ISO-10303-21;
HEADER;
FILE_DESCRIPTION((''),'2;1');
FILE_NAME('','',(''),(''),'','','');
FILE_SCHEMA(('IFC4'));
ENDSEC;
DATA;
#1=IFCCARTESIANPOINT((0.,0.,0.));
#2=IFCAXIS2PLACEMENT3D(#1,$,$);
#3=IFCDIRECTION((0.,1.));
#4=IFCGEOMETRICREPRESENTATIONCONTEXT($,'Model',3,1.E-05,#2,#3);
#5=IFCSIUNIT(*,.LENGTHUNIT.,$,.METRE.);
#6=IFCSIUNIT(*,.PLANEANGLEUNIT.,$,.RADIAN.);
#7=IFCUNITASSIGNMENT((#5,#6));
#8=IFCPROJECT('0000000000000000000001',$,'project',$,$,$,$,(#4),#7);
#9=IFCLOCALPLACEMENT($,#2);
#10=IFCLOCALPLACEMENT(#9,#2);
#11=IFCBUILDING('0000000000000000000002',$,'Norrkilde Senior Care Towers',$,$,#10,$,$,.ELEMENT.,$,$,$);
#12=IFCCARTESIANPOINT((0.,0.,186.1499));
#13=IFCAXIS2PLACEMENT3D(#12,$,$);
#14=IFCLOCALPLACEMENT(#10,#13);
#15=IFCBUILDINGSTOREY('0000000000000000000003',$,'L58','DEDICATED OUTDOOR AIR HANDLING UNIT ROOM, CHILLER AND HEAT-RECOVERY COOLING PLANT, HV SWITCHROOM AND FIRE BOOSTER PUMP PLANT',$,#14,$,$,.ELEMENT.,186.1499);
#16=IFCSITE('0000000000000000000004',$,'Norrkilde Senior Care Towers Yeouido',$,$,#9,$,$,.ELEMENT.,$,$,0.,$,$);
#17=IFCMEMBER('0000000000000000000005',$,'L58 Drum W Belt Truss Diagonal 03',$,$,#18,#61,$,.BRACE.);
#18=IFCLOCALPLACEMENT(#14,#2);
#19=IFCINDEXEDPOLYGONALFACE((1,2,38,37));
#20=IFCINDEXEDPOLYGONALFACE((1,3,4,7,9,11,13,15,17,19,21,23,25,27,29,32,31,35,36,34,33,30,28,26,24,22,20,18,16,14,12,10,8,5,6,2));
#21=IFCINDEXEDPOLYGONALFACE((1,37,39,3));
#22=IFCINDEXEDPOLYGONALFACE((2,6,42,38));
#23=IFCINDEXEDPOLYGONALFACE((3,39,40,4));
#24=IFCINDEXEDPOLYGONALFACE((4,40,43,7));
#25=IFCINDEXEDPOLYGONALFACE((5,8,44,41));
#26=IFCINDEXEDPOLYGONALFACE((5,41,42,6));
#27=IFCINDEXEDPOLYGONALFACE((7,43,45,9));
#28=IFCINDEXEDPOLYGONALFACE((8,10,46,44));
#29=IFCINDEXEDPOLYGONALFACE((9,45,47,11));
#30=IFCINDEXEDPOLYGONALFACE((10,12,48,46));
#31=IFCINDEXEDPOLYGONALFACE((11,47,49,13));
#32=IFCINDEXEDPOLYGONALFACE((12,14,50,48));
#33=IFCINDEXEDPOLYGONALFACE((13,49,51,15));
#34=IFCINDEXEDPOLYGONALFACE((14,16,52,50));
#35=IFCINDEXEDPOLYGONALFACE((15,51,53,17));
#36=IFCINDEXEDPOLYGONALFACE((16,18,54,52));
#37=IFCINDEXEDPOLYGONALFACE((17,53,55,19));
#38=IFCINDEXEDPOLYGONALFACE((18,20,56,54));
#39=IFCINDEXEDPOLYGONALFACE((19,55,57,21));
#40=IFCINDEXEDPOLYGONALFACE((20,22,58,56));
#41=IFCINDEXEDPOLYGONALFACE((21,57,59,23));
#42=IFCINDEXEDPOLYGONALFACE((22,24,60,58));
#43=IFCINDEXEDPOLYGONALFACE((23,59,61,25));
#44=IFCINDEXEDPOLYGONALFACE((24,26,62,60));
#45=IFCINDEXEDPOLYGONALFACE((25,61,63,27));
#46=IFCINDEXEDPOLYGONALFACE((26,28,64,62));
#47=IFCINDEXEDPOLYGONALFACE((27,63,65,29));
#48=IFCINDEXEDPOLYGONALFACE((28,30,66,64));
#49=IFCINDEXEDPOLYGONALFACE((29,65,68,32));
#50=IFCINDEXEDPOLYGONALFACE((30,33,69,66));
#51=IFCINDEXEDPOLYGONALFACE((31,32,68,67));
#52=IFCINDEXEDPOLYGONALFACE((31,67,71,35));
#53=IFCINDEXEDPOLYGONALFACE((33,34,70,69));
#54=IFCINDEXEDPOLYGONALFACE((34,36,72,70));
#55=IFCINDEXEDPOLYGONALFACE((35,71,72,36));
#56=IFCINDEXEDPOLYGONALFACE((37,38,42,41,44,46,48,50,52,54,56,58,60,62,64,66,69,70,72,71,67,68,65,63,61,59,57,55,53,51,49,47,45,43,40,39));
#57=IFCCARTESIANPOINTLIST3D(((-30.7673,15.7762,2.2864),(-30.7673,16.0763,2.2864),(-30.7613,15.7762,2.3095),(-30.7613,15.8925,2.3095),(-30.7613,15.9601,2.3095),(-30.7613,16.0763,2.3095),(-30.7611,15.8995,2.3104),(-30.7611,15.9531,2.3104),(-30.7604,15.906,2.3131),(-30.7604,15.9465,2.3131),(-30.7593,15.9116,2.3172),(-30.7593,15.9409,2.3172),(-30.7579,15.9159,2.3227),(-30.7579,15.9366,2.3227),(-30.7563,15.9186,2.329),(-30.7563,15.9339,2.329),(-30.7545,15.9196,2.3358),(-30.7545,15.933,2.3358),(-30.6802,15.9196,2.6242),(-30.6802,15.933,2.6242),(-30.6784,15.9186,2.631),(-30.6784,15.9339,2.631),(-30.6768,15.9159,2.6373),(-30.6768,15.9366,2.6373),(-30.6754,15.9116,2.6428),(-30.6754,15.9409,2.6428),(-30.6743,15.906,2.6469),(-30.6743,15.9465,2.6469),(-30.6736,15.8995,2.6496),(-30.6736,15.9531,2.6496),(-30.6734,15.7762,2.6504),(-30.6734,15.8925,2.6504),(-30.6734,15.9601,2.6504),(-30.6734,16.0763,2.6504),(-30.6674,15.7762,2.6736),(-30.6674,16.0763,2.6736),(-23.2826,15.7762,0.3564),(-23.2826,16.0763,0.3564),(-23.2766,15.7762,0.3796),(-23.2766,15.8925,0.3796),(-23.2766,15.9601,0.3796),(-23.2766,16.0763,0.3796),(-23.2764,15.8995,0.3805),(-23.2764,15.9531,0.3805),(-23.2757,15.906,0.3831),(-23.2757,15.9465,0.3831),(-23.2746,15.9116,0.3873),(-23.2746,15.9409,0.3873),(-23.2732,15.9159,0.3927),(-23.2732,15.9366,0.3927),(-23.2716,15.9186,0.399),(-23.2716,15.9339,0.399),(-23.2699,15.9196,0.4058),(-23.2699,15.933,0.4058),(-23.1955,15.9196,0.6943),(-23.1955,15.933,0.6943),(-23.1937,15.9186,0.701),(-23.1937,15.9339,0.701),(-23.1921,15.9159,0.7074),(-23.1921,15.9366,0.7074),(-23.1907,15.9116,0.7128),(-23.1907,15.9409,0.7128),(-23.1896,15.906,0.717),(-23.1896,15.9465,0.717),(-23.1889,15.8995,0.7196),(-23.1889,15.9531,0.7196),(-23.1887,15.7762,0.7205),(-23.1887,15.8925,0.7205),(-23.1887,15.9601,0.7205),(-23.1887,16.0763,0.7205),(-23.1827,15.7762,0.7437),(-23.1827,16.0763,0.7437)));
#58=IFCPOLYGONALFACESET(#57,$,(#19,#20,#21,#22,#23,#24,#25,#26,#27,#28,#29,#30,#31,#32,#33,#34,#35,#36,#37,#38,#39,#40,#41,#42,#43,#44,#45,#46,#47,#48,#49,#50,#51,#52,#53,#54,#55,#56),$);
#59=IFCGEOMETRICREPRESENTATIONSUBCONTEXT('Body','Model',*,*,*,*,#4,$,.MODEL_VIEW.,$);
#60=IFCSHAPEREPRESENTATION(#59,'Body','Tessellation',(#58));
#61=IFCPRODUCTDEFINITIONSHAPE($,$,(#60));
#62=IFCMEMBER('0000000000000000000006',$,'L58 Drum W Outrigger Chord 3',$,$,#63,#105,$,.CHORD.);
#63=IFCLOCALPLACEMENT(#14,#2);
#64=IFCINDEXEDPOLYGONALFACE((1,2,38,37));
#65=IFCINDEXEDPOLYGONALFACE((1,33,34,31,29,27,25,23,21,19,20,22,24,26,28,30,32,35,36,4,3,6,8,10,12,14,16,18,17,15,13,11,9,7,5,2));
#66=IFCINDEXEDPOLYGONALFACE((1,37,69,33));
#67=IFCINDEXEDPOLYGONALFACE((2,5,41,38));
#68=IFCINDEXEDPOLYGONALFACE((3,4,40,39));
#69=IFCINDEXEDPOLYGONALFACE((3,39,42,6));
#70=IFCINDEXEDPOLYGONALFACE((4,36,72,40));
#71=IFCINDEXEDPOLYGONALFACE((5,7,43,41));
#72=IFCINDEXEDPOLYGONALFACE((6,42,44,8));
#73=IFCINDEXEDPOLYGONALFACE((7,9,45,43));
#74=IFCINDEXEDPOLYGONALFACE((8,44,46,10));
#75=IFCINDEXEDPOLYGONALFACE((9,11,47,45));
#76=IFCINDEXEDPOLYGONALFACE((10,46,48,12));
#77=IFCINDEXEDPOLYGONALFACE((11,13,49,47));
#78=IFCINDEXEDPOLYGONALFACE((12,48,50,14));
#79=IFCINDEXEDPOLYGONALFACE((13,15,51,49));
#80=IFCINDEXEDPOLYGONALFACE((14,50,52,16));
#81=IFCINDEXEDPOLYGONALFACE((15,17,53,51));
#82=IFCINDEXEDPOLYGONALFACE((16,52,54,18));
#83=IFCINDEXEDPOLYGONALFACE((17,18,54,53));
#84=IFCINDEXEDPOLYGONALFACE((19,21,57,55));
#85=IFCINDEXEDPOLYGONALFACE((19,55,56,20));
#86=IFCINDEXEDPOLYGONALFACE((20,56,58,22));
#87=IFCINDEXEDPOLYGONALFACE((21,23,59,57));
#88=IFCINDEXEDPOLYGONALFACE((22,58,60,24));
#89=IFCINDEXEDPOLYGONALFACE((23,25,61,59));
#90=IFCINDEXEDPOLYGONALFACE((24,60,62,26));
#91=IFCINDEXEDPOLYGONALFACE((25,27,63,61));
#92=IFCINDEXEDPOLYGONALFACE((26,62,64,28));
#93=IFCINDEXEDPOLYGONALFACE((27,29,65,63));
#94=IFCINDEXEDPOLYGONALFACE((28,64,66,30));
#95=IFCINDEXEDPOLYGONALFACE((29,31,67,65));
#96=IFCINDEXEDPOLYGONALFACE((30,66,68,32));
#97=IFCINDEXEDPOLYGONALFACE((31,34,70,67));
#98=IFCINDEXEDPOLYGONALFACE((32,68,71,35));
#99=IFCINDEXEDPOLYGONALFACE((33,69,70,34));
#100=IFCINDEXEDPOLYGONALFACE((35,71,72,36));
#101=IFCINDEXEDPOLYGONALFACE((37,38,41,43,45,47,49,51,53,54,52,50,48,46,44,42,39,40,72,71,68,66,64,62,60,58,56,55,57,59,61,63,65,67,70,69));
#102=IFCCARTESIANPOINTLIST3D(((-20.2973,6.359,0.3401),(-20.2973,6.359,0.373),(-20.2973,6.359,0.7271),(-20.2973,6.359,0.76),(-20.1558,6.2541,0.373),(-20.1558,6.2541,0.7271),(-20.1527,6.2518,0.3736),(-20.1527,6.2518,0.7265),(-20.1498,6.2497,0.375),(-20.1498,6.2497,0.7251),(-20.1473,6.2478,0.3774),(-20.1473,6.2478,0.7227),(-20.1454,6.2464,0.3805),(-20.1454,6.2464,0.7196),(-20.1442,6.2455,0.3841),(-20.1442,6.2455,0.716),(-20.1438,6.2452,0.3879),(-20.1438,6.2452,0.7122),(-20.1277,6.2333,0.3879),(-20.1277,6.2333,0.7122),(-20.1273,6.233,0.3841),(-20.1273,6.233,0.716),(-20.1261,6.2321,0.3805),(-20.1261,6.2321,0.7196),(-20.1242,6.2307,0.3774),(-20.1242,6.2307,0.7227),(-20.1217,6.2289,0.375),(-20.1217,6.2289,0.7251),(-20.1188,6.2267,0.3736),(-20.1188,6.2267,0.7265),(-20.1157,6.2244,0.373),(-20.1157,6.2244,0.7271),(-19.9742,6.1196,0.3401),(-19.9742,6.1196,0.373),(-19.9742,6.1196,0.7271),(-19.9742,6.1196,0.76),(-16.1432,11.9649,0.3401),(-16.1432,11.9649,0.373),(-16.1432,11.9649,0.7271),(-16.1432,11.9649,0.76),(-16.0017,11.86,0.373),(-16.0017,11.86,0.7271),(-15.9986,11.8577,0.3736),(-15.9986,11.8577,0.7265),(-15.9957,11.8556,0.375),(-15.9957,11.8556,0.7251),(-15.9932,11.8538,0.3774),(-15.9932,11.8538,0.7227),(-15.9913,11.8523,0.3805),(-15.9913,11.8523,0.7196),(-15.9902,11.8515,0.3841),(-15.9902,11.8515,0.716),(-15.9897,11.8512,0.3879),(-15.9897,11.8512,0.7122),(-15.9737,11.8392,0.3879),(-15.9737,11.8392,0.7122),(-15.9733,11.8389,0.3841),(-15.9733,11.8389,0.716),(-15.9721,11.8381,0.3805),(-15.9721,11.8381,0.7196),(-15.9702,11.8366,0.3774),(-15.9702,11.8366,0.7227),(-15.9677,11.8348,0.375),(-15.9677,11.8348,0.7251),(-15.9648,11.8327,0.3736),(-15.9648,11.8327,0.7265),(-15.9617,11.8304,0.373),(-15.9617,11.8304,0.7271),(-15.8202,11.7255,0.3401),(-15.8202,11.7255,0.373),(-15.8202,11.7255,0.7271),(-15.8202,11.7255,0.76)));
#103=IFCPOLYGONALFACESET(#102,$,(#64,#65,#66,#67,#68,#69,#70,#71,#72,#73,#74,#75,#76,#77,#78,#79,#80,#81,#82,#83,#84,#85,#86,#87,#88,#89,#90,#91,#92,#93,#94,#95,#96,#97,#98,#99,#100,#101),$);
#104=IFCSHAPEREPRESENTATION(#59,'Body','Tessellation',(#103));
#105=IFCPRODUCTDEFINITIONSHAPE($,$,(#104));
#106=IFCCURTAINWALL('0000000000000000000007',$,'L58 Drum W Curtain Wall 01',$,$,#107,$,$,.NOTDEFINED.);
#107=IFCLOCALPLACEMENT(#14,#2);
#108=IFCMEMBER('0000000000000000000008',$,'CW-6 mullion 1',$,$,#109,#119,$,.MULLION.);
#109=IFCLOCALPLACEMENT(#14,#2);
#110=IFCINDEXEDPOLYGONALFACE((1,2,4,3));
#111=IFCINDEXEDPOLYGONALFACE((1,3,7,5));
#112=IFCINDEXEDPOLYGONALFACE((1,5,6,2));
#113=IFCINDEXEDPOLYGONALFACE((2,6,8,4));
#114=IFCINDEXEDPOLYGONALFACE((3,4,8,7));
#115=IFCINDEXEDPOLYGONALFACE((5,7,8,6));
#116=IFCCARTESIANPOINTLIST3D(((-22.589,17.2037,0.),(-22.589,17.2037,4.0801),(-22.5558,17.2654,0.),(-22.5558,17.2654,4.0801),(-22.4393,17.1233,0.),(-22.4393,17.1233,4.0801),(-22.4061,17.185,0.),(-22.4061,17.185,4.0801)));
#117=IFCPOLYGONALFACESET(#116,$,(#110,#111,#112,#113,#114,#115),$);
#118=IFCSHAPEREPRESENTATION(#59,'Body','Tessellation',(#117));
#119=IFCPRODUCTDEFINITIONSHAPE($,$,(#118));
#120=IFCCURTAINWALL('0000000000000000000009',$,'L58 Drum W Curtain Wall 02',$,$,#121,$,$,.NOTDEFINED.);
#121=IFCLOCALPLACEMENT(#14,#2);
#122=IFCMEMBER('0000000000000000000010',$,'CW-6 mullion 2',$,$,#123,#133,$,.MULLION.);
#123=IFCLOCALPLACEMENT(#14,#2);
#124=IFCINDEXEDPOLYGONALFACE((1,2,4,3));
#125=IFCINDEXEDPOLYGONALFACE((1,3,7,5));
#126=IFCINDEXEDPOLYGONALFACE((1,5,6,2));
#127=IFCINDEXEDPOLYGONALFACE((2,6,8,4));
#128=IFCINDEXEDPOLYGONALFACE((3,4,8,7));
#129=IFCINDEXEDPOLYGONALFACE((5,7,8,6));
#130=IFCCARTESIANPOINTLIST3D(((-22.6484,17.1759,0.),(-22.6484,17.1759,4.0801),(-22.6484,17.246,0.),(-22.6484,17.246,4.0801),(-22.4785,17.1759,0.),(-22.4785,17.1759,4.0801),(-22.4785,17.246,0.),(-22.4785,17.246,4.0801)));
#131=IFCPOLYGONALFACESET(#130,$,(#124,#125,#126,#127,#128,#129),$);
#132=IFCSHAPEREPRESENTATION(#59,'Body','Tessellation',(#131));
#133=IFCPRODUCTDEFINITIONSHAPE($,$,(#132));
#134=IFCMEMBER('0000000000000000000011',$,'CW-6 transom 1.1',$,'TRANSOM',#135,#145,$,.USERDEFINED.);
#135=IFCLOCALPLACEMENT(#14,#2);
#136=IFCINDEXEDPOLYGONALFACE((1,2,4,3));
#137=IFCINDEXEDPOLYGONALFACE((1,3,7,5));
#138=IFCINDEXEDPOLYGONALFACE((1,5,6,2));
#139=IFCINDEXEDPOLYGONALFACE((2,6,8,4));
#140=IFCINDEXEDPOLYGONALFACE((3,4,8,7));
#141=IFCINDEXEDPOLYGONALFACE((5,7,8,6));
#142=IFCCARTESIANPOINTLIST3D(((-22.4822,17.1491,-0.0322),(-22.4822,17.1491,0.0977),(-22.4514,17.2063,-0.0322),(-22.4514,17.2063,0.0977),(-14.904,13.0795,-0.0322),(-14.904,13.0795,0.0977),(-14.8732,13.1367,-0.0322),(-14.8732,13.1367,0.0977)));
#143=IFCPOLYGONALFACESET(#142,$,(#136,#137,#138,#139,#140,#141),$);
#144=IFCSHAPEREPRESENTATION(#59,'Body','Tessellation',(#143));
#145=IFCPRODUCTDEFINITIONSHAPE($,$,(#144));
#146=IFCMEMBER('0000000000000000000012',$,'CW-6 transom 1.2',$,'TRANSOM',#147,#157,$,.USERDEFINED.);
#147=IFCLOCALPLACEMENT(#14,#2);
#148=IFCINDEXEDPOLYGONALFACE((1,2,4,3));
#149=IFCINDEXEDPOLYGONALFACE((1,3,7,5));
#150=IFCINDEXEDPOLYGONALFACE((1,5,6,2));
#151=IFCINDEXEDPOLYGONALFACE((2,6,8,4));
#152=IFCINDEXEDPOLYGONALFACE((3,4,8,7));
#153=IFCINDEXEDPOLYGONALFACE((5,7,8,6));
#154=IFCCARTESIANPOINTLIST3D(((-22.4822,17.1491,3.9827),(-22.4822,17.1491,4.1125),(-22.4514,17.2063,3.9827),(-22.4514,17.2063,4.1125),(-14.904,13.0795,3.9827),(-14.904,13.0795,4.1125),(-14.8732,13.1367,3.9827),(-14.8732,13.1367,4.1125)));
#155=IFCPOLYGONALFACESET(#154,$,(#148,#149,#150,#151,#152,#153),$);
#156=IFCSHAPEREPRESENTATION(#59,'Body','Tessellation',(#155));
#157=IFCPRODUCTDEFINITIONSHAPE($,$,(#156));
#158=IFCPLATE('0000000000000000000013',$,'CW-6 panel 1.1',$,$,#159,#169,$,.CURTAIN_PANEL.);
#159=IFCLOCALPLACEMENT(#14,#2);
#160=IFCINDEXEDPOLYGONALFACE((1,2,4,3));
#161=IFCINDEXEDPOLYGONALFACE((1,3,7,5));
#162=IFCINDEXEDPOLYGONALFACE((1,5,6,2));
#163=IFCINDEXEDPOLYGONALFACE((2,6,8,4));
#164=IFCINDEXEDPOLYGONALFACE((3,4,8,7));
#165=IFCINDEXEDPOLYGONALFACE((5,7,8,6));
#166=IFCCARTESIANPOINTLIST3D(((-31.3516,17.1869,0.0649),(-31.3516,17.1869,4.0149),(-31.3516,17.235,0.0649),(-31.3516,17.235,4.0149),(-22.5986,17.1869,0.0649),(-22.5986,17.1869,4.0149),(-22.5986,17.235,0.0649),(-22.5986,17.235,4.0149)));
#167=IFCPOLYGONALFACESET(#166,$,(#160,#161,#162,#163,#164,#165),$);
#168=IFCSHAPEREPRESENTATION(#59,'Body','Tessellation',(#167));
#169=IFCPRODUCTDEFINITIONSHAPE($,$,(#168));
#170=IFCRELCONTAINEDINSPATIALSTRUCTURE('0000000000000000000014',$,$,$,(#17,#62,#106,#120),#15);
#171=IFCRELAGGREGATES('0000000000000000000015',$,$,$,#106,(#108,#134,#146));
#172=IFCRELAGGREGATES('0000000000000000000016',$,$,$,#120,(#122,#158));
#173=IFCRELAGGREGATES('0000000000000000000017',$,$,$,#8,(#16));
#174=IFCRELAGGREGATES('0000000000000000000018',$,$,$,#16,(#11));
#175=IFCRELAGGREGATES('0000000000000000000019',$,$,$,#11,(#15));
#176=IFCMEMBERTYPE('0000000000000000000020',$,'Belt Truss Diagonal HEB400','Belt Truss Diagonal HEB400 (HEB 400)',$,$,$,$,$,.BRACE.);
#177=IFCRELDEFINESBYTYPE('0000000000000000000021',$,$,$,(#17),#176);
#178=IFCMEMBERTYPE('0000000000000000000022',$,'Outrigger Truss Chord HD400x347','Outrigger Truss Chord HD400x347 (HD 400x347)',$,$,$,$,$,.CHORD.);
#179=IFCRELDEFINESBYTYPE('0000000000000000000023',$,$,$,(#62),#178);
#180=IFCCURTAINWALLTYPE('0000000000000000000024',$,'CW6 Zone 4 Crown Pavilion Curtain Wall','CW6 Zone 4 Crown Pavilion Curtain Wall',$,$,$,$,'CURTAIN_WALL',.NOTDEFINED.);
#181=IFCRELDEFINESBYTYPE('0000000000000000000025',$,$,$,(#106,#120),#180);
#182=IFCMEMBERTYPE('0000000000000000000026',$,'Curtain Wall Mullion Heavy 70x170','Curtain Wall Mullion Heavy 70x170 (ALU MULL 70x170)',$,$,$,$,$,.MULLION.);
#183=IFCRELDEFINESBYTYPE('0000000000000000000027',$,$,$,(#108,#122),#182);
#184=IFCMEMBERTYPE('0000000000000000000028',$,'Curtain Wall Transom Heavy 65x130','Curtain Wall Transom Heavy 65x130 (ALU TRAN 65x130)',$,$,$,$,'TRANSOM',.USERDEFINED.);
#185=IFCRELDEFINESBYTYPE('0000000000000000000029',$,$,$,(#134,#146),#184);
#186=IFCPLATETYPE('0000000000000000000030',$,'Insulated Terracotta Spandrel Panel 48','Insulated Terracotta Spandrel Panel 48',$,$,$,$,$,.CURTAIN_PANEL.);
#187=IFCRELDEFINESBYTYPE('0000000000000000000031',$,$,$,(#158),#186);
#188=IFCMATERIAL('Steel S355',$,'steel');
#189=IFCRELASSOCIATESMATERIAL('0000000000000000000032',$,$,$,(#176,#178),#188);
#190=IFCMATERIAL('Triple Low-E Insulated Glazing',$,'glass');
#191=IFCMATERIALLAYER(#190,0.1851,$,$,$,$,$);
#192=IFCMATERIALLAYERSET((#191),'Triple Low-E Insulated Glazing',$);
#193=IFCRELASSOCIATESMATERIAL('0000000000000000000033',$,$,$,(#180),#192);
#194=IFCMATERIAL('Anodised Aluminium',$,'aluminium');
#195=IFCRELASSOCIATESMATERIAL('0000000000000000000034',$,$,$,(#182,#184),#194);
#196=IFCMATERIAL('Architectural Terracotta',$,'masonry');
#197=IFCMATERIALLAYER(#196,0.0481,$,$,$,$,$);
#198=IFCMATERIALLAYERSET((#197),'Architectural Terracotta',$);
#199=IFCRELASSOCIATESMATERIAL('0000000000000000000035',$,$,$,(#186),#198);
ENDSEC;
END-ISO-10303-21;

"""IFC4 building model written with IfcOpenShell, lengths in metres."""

from ifc_helpers import new_model, si_unit, direction, frame, origin, origin_2d, place, context, subcontext, project, spatial, rectangle, i_section, extrude, source, transform, mapped, material, layer, layer_set, material_profile, profile_set, type_object, type_shapes, element, aggregate, save


model = new_model("IFC4")

# Units and contexts
model_context = context("Model", 3, precision=1e-05, world=origin(), true_north=direction((0.0, 1.0)))
body_context = subcontext(model_context, "Body", "Model", "MODEL_VIEW")
ifc_project = project(units=[si_unit("LENGTHUNIT", "METRE"), si_unit("PLANEANGLEUNIT", "RADIAN")], contexts=[model_context])

# Site, building, storey
site_placement = place(None, origin())
site = spatial("IfcSite", under=ifc_project, at=site_placement, Name="Norrkilde Senior Care Towers Yeouido", CompositionType="ELEMENT", RefElevation=0.0)
building_placement = place(site_placement, origin())
building = spatial("IfcBuilding", under=site, at=building_placement, Name="Norrkilde Senior Care Towers", CompositionType="ELEMENT")
storey_placement = place(building_placement, frame((0.0, 0.0, 186.1499)))
storey = spatial("IfcBuildingStorey", under=building, at=storey_placement, Name="L58", Description="DEDICATED OUTDOOR AIR HANDLING UNIT ROOM, CHILLER AND HEAT-RECOVERY COOLING PLANT, HV SWITCHROOM AND FIRE BOOSTER PUMP PLANT", CompositionType="ELEMENT", Elevation=186.1499)

# Members
ifc_material_1 = material(Name="Steel S355", Category="steel")
ifc_material_profile_1 = material_profile(ifc_material_1, i_section(OverallWidth=0.3, OverallDepth=0.3999, WebThickness=0.0134, FlangeThickness=0.0239, FilletRadius=0.0271, at=origin_2d()), Name="HEB 400")
ifc_profile_set_1 = profile_set([ifc_material_profile_1], Name="Steel S355")
member_type_1 = type_object("IfcMemberType", Name="Belt Truss Diagonal HEB400", Description="Belt Truss Diagonal HEB400 (HEB 400)", PredefinedType="BRACE", material=ifc_profile_set_1)
shared_shape_1 = source(origin(), body_context, "Body", "SweptSolid", [
    extrude(i_section(OverallWidth=0.3, OverallDepth=0.3999, WebThickness=0.0134, FlangeThickness=0.0239, FilletRadius=0.0271, at=origin_2d()), origin(), (0.0, 0.0, 1.0), 7.7295),
])
type_shapes(member_type_1, [shared_shape_1])
member_1_placement = place(storey_placement, frame((-23.2327, 15.9263, 0.55), z_axis=(-0.968327, 0.0, 0.249686), x_axis=(0.0, -1.0, 0.0)))
element("IfcMember", 1, at=member_1_placement, inside=storey, type_object=member_type_1, Name="L58 Drum W Belt Truss Diagonal 03", PredefinedType="BRACE", context=body_context, shape_type="MappedRepresentation", body=[
    mapped(shared_shape_1, transform((0.0, 0.0, 0.0), x_axis=(1.0, 0.0, 0.0), y_axis=(0.0, 1.0, 0.0), z_axis=(0.0, 0.0, 1.0), scale=1.0)),
])
ifc_material_profile_2 = material_profile(ifc_material_1, i_section(OverallWidth=0.4021, OverallDepth=0.4199, WebThickness=0.02, FlangeThickness=0.033, FilletRadius=0.0149, at=origin_2d()), Name="HD 400x347")
ifc_profile_set_2 = profile_set([ifc_material_profile_2], Name="Steel S355")
member_type_2 = type_object("IfcMemberType", Name="Outrigger Truss Chord HD400x347", Description="Outrigger Truss Chord HD400x347 (HD 400x347)", PredefinedType="CHORD", material=ifc_profile_set_2)
shared_shape_2 = source(origin(), body_context, "Body", "SweptSolid", [
    extrude(i_section(OverallWidth=0.4021, OverallDepth=0.4199, WebThickness=0.02, FlangeThickness=0.033, FilletRadius=0.0149, at=origin_2d()), origin(), (0.0, 0.0, 1.0), 6.9773),
])
type_shapes(member_type_2, [shared_shape_2])
member_2_placement = place(storey_placement, frame((-20.1357, 6.2393, 0.55), z_axis=(0.595366, 0.803455, 0.0), x_axis=(-0.803455, 0.595366, 0.0)))
element("IfcMember", 2, at=member_2_placement, inside=storey, type_object=member_type_2, Name="L58 Drum W Outrigger Chord 3", PredefinedType="CHORD", context=body_context, shape_type="MappedRepresentation", body=[
    mapped(shared_shape_2, transform((0.0, 0.0, 0.0), x_axis=(1.0, 0.0, 0.0), y_axis=(0.0, 1.0, 0.0), z_axis=(0.0, 0.0, 1.0), scale=1.0)),
])

# Curtain walls, members
ifc_material_2 = material(Name="Triple Low-E Insulated Glazing", Category="glass")
ifc_layer_1 = layer(ifc_material_2, 0.1851)
ifc_layer_set_1 = layer_set([ifc_layer_1], Name="Triple Low-E Insulated Glazing")
curtain_wall_type = type_object("IfcCurtainWallType", Name="CW6 Zone 4 Crown Pavilion Curtain Wall", Description="CW6 Zone 4 Crown Pavilion Curtain Wall", ElementType="CURTAIN_WALL", PredefinedType="NOTDEFINED", material=ifc_layer_set_1)
curtain_wall_1_placement = place(storey_placement, origin())
curtain_wall_1 = element("IfcCurtainWall", 3, at=curtain_wall_1_placement, inside=storey, type_object=curtain_wall_type, Name="L58 Drum W Curtain Wall 01", PredefinedType="NOTDEFINED")
ifc_material_3 = material(Name="Anodised Aluminium", Category="aluminium")
ifc_material_profile_3 = material_profile(ifc_material_3, rectangle(XDim=0.0701, YDim=0.1699, at=origin_2d()), Name="ALU MULL 70x170")
ifc_profile_set_3 = profile_set([ifc_material_profile_3], Name="Anodised Aluminium")
member_type_3 = type_object("IfcMemberType", Name="Curtain Wall Mullion Heavy 70x170", Description="Curtain Wall Mullion Heavy 70x170 (ALU MULL 70x170)", PredefinedType="MULLION", material=ifc_profile_set_3)
shared_shape_3 = source(origin(), body_context, "Body", "SweptSolid", [
    extrude(rectangle(XDim=0.0701, YDim=0.1699, at=origin_2d()), origin(), (0.0, 0.0, 1.0), 4.0801),
])
type_shapes(member_type_3, [shared_shape_3])
member_3_placement = place(storey_placement, frame((-22.4976, 17.1943, 0.0), z_axis=(0.0, 0.0, 1.0), x_axis=(0.473117, 0.881, 0.0)))
member_3 = element("IfcMember", 4, at=member_3_placement, type_object=member_type_3, Name="CW-6 mullion 1", PredefinedType="MULLION", context=body_context, shape_type="MappedRepresentation", body=[
    mapped(shared_shape_3, transform((0.0, 0.0, 0.0), x_axis=(1.0, 0.0, 0.0), y_axis=(0.0, 1.0, 0.0), z_axis=(0.0, 0.0, 1.0), scale=1.0)),
])
curtain_wall_2_placement = place(storey_placement, origin())
curtain_wall_2 = element("IfcCurtainWall", 5, at=curtain_wall_2_placement, inside=storey, type_object=curtain_wall_type, Name="L58 Drum W Curtain Wall 02", PredefinedType="NOTDEFINED")
member_4_placement = place(storey_placement, frame((-22.5635, 17.2109, 0.0), z_axis=(0.0, 0.0, 1.0), x_axis=(0.0, 1.0, 0.0)))
member_4 = element("IfcMember", 6, at=member_4_placement, type_object=member_type_3, Name="CW-6 mullion 2", PredefinedType="MULLION", context=body_context, shape_type="MappedRepresentation", body=[
    mapped(shared_shape_3, transform((0.0, 0.0, 0.0), x_axis=(1.0, 0.0, 0.0), y_axis=(0.0, 1.0, 0.0), z_axis=(0.0, 0.0, 1.0), scale=1.0)),
])

# Members
ifc_material_profile_4 = material_profile(ifc_material_3, rectangle(XDim=0.0649, YDim=0.1299, at=origin_2d()), Name="ALU TRAN 65x130")
ifc_profile_set_4 = profile_set([ifc_material_profile_4], Name="Anodised Aluminium")
member_type_4 = type_object("IfcMemberType", Name="Curtain Wall Transom Heavy 65x130", Description="Curtain Wall Transom Heavy 65x130 (ALU TRAN 65x130)", ElementType="TRANSOM", PredefinedType="USERDEFINED", material=ifc_profile_set_4)
shared_shape_4 = source(origin(), body_context, "Body", "SweptSolid", [
    extrude(rectangle(XDim=0.0649, YDim=0.1299, at=origin_2d()), origin(), (0.0, 0.0, 1.0), 8.6018),
])
type_shapes(member_type_4, [shared_shape_4])
member_5_placement = place(storey_placement, frame((-22.4668, 17.1777, 0.0327), z_axis=(0.881002, -0.473113, 0.0), x_axis=(0.473113, 0.881002, 0.0)))
member_5 = element("IfcMember", 7, at=member_5_placement, type_object=member_type_4, Name="CW-6 transom 1.1", ObjectType="TRANSOM", PredefinedType="USERDEFINED", context=body_context, shape_type="MappedRepresentation", body=[
    mapped(shared_shape_4, transform((0.0, 0.0, 0.0), x_axis=(1.0, 0.0, 0.0), y_axis=(0.0, 1.0, 0.0), z_axis=(0.0, 0.0, 1.0), scale=1.0)),
])
member_6_placement = place(storey_placement, frame((-22.4668, 17.1777, 4.0476), z_axis=(0.881002, -0.473113, 0.0), x_axis=(0.473113, 0.881002, 0.0)))
member_6 = element("IfcMember", 8, at=member_6_placement, type_object=member_type_4, Name="CW-6 transom 1.2", ObjectType="TRANSOM", PredefinedType="USERDEFINED", context=body_context, shape_type="MappedRepresentation", body=[
    mapped(shared_shape_4, transform((0.0, 0.0, 0.0), x_axis=(1.0, 0.0, 0.0), y_axis=(0.0, 1.0, 0.0), z_axis=(0.0, 0.0, 1.0), scale=1.0)),
])
aggregate(curtain_wall_1, [member_3, member_5, member_6])

# Plate
ifc_material_4 = material(Name="Architectural Terracotta", Category="masonry")
ifc_layer_2 = layer(ifc_material_4, 0.0481)
ifc_layer_set_2 = layer_set([ifc_layer_2], Name="Architectural Terracotta")
plate_type = type_object("IfcPlateType", Name="Insulated Terracotta Spandrel Panel 48", Description="Insulated Terracotta Spandrel Panel 48", PredefinedType="CURTAIN_PANEL", material=ifc_layer_set_2)
shared_shape_5 = source(origin(), body_context, "Body", "SweptSolid", [
    extrude(rectangle(XDim=8.7529, YDim=0.0481, at=origin_2d()), origin(), (0.0, 0.0, 1.0), 3.95),
])
type_shapes(plate_type, [shared_shape_5])
plate_placement = place(storey_placement, frame((-26.9751, 17.2109, 0.0649), z_axis=(0.0, 0.0, 1.0), x_axis=(1.0, 0.0, 0.0)))
plate = element("IfcPlate", 9, at=plate_placement, type_object=plate_type, Name="CW-6 panel 1.1", PredefinedType="CURTAIN_PANEL", context=body_context, shape_type="MappedRepresentation", body=[
    mapped(shared_shape_5, transform((0.0, 0.0, 0.0), x_axis=(1.0, 0.0, 0.0), y_axis=(0.0, 1.0, 0.0), z_axis=(0.0, 0.0, 1.0), scale=1.0)),
])
aggregate(curtain_wall_2, [member_4, plate])

save(model, "model.ifc")
